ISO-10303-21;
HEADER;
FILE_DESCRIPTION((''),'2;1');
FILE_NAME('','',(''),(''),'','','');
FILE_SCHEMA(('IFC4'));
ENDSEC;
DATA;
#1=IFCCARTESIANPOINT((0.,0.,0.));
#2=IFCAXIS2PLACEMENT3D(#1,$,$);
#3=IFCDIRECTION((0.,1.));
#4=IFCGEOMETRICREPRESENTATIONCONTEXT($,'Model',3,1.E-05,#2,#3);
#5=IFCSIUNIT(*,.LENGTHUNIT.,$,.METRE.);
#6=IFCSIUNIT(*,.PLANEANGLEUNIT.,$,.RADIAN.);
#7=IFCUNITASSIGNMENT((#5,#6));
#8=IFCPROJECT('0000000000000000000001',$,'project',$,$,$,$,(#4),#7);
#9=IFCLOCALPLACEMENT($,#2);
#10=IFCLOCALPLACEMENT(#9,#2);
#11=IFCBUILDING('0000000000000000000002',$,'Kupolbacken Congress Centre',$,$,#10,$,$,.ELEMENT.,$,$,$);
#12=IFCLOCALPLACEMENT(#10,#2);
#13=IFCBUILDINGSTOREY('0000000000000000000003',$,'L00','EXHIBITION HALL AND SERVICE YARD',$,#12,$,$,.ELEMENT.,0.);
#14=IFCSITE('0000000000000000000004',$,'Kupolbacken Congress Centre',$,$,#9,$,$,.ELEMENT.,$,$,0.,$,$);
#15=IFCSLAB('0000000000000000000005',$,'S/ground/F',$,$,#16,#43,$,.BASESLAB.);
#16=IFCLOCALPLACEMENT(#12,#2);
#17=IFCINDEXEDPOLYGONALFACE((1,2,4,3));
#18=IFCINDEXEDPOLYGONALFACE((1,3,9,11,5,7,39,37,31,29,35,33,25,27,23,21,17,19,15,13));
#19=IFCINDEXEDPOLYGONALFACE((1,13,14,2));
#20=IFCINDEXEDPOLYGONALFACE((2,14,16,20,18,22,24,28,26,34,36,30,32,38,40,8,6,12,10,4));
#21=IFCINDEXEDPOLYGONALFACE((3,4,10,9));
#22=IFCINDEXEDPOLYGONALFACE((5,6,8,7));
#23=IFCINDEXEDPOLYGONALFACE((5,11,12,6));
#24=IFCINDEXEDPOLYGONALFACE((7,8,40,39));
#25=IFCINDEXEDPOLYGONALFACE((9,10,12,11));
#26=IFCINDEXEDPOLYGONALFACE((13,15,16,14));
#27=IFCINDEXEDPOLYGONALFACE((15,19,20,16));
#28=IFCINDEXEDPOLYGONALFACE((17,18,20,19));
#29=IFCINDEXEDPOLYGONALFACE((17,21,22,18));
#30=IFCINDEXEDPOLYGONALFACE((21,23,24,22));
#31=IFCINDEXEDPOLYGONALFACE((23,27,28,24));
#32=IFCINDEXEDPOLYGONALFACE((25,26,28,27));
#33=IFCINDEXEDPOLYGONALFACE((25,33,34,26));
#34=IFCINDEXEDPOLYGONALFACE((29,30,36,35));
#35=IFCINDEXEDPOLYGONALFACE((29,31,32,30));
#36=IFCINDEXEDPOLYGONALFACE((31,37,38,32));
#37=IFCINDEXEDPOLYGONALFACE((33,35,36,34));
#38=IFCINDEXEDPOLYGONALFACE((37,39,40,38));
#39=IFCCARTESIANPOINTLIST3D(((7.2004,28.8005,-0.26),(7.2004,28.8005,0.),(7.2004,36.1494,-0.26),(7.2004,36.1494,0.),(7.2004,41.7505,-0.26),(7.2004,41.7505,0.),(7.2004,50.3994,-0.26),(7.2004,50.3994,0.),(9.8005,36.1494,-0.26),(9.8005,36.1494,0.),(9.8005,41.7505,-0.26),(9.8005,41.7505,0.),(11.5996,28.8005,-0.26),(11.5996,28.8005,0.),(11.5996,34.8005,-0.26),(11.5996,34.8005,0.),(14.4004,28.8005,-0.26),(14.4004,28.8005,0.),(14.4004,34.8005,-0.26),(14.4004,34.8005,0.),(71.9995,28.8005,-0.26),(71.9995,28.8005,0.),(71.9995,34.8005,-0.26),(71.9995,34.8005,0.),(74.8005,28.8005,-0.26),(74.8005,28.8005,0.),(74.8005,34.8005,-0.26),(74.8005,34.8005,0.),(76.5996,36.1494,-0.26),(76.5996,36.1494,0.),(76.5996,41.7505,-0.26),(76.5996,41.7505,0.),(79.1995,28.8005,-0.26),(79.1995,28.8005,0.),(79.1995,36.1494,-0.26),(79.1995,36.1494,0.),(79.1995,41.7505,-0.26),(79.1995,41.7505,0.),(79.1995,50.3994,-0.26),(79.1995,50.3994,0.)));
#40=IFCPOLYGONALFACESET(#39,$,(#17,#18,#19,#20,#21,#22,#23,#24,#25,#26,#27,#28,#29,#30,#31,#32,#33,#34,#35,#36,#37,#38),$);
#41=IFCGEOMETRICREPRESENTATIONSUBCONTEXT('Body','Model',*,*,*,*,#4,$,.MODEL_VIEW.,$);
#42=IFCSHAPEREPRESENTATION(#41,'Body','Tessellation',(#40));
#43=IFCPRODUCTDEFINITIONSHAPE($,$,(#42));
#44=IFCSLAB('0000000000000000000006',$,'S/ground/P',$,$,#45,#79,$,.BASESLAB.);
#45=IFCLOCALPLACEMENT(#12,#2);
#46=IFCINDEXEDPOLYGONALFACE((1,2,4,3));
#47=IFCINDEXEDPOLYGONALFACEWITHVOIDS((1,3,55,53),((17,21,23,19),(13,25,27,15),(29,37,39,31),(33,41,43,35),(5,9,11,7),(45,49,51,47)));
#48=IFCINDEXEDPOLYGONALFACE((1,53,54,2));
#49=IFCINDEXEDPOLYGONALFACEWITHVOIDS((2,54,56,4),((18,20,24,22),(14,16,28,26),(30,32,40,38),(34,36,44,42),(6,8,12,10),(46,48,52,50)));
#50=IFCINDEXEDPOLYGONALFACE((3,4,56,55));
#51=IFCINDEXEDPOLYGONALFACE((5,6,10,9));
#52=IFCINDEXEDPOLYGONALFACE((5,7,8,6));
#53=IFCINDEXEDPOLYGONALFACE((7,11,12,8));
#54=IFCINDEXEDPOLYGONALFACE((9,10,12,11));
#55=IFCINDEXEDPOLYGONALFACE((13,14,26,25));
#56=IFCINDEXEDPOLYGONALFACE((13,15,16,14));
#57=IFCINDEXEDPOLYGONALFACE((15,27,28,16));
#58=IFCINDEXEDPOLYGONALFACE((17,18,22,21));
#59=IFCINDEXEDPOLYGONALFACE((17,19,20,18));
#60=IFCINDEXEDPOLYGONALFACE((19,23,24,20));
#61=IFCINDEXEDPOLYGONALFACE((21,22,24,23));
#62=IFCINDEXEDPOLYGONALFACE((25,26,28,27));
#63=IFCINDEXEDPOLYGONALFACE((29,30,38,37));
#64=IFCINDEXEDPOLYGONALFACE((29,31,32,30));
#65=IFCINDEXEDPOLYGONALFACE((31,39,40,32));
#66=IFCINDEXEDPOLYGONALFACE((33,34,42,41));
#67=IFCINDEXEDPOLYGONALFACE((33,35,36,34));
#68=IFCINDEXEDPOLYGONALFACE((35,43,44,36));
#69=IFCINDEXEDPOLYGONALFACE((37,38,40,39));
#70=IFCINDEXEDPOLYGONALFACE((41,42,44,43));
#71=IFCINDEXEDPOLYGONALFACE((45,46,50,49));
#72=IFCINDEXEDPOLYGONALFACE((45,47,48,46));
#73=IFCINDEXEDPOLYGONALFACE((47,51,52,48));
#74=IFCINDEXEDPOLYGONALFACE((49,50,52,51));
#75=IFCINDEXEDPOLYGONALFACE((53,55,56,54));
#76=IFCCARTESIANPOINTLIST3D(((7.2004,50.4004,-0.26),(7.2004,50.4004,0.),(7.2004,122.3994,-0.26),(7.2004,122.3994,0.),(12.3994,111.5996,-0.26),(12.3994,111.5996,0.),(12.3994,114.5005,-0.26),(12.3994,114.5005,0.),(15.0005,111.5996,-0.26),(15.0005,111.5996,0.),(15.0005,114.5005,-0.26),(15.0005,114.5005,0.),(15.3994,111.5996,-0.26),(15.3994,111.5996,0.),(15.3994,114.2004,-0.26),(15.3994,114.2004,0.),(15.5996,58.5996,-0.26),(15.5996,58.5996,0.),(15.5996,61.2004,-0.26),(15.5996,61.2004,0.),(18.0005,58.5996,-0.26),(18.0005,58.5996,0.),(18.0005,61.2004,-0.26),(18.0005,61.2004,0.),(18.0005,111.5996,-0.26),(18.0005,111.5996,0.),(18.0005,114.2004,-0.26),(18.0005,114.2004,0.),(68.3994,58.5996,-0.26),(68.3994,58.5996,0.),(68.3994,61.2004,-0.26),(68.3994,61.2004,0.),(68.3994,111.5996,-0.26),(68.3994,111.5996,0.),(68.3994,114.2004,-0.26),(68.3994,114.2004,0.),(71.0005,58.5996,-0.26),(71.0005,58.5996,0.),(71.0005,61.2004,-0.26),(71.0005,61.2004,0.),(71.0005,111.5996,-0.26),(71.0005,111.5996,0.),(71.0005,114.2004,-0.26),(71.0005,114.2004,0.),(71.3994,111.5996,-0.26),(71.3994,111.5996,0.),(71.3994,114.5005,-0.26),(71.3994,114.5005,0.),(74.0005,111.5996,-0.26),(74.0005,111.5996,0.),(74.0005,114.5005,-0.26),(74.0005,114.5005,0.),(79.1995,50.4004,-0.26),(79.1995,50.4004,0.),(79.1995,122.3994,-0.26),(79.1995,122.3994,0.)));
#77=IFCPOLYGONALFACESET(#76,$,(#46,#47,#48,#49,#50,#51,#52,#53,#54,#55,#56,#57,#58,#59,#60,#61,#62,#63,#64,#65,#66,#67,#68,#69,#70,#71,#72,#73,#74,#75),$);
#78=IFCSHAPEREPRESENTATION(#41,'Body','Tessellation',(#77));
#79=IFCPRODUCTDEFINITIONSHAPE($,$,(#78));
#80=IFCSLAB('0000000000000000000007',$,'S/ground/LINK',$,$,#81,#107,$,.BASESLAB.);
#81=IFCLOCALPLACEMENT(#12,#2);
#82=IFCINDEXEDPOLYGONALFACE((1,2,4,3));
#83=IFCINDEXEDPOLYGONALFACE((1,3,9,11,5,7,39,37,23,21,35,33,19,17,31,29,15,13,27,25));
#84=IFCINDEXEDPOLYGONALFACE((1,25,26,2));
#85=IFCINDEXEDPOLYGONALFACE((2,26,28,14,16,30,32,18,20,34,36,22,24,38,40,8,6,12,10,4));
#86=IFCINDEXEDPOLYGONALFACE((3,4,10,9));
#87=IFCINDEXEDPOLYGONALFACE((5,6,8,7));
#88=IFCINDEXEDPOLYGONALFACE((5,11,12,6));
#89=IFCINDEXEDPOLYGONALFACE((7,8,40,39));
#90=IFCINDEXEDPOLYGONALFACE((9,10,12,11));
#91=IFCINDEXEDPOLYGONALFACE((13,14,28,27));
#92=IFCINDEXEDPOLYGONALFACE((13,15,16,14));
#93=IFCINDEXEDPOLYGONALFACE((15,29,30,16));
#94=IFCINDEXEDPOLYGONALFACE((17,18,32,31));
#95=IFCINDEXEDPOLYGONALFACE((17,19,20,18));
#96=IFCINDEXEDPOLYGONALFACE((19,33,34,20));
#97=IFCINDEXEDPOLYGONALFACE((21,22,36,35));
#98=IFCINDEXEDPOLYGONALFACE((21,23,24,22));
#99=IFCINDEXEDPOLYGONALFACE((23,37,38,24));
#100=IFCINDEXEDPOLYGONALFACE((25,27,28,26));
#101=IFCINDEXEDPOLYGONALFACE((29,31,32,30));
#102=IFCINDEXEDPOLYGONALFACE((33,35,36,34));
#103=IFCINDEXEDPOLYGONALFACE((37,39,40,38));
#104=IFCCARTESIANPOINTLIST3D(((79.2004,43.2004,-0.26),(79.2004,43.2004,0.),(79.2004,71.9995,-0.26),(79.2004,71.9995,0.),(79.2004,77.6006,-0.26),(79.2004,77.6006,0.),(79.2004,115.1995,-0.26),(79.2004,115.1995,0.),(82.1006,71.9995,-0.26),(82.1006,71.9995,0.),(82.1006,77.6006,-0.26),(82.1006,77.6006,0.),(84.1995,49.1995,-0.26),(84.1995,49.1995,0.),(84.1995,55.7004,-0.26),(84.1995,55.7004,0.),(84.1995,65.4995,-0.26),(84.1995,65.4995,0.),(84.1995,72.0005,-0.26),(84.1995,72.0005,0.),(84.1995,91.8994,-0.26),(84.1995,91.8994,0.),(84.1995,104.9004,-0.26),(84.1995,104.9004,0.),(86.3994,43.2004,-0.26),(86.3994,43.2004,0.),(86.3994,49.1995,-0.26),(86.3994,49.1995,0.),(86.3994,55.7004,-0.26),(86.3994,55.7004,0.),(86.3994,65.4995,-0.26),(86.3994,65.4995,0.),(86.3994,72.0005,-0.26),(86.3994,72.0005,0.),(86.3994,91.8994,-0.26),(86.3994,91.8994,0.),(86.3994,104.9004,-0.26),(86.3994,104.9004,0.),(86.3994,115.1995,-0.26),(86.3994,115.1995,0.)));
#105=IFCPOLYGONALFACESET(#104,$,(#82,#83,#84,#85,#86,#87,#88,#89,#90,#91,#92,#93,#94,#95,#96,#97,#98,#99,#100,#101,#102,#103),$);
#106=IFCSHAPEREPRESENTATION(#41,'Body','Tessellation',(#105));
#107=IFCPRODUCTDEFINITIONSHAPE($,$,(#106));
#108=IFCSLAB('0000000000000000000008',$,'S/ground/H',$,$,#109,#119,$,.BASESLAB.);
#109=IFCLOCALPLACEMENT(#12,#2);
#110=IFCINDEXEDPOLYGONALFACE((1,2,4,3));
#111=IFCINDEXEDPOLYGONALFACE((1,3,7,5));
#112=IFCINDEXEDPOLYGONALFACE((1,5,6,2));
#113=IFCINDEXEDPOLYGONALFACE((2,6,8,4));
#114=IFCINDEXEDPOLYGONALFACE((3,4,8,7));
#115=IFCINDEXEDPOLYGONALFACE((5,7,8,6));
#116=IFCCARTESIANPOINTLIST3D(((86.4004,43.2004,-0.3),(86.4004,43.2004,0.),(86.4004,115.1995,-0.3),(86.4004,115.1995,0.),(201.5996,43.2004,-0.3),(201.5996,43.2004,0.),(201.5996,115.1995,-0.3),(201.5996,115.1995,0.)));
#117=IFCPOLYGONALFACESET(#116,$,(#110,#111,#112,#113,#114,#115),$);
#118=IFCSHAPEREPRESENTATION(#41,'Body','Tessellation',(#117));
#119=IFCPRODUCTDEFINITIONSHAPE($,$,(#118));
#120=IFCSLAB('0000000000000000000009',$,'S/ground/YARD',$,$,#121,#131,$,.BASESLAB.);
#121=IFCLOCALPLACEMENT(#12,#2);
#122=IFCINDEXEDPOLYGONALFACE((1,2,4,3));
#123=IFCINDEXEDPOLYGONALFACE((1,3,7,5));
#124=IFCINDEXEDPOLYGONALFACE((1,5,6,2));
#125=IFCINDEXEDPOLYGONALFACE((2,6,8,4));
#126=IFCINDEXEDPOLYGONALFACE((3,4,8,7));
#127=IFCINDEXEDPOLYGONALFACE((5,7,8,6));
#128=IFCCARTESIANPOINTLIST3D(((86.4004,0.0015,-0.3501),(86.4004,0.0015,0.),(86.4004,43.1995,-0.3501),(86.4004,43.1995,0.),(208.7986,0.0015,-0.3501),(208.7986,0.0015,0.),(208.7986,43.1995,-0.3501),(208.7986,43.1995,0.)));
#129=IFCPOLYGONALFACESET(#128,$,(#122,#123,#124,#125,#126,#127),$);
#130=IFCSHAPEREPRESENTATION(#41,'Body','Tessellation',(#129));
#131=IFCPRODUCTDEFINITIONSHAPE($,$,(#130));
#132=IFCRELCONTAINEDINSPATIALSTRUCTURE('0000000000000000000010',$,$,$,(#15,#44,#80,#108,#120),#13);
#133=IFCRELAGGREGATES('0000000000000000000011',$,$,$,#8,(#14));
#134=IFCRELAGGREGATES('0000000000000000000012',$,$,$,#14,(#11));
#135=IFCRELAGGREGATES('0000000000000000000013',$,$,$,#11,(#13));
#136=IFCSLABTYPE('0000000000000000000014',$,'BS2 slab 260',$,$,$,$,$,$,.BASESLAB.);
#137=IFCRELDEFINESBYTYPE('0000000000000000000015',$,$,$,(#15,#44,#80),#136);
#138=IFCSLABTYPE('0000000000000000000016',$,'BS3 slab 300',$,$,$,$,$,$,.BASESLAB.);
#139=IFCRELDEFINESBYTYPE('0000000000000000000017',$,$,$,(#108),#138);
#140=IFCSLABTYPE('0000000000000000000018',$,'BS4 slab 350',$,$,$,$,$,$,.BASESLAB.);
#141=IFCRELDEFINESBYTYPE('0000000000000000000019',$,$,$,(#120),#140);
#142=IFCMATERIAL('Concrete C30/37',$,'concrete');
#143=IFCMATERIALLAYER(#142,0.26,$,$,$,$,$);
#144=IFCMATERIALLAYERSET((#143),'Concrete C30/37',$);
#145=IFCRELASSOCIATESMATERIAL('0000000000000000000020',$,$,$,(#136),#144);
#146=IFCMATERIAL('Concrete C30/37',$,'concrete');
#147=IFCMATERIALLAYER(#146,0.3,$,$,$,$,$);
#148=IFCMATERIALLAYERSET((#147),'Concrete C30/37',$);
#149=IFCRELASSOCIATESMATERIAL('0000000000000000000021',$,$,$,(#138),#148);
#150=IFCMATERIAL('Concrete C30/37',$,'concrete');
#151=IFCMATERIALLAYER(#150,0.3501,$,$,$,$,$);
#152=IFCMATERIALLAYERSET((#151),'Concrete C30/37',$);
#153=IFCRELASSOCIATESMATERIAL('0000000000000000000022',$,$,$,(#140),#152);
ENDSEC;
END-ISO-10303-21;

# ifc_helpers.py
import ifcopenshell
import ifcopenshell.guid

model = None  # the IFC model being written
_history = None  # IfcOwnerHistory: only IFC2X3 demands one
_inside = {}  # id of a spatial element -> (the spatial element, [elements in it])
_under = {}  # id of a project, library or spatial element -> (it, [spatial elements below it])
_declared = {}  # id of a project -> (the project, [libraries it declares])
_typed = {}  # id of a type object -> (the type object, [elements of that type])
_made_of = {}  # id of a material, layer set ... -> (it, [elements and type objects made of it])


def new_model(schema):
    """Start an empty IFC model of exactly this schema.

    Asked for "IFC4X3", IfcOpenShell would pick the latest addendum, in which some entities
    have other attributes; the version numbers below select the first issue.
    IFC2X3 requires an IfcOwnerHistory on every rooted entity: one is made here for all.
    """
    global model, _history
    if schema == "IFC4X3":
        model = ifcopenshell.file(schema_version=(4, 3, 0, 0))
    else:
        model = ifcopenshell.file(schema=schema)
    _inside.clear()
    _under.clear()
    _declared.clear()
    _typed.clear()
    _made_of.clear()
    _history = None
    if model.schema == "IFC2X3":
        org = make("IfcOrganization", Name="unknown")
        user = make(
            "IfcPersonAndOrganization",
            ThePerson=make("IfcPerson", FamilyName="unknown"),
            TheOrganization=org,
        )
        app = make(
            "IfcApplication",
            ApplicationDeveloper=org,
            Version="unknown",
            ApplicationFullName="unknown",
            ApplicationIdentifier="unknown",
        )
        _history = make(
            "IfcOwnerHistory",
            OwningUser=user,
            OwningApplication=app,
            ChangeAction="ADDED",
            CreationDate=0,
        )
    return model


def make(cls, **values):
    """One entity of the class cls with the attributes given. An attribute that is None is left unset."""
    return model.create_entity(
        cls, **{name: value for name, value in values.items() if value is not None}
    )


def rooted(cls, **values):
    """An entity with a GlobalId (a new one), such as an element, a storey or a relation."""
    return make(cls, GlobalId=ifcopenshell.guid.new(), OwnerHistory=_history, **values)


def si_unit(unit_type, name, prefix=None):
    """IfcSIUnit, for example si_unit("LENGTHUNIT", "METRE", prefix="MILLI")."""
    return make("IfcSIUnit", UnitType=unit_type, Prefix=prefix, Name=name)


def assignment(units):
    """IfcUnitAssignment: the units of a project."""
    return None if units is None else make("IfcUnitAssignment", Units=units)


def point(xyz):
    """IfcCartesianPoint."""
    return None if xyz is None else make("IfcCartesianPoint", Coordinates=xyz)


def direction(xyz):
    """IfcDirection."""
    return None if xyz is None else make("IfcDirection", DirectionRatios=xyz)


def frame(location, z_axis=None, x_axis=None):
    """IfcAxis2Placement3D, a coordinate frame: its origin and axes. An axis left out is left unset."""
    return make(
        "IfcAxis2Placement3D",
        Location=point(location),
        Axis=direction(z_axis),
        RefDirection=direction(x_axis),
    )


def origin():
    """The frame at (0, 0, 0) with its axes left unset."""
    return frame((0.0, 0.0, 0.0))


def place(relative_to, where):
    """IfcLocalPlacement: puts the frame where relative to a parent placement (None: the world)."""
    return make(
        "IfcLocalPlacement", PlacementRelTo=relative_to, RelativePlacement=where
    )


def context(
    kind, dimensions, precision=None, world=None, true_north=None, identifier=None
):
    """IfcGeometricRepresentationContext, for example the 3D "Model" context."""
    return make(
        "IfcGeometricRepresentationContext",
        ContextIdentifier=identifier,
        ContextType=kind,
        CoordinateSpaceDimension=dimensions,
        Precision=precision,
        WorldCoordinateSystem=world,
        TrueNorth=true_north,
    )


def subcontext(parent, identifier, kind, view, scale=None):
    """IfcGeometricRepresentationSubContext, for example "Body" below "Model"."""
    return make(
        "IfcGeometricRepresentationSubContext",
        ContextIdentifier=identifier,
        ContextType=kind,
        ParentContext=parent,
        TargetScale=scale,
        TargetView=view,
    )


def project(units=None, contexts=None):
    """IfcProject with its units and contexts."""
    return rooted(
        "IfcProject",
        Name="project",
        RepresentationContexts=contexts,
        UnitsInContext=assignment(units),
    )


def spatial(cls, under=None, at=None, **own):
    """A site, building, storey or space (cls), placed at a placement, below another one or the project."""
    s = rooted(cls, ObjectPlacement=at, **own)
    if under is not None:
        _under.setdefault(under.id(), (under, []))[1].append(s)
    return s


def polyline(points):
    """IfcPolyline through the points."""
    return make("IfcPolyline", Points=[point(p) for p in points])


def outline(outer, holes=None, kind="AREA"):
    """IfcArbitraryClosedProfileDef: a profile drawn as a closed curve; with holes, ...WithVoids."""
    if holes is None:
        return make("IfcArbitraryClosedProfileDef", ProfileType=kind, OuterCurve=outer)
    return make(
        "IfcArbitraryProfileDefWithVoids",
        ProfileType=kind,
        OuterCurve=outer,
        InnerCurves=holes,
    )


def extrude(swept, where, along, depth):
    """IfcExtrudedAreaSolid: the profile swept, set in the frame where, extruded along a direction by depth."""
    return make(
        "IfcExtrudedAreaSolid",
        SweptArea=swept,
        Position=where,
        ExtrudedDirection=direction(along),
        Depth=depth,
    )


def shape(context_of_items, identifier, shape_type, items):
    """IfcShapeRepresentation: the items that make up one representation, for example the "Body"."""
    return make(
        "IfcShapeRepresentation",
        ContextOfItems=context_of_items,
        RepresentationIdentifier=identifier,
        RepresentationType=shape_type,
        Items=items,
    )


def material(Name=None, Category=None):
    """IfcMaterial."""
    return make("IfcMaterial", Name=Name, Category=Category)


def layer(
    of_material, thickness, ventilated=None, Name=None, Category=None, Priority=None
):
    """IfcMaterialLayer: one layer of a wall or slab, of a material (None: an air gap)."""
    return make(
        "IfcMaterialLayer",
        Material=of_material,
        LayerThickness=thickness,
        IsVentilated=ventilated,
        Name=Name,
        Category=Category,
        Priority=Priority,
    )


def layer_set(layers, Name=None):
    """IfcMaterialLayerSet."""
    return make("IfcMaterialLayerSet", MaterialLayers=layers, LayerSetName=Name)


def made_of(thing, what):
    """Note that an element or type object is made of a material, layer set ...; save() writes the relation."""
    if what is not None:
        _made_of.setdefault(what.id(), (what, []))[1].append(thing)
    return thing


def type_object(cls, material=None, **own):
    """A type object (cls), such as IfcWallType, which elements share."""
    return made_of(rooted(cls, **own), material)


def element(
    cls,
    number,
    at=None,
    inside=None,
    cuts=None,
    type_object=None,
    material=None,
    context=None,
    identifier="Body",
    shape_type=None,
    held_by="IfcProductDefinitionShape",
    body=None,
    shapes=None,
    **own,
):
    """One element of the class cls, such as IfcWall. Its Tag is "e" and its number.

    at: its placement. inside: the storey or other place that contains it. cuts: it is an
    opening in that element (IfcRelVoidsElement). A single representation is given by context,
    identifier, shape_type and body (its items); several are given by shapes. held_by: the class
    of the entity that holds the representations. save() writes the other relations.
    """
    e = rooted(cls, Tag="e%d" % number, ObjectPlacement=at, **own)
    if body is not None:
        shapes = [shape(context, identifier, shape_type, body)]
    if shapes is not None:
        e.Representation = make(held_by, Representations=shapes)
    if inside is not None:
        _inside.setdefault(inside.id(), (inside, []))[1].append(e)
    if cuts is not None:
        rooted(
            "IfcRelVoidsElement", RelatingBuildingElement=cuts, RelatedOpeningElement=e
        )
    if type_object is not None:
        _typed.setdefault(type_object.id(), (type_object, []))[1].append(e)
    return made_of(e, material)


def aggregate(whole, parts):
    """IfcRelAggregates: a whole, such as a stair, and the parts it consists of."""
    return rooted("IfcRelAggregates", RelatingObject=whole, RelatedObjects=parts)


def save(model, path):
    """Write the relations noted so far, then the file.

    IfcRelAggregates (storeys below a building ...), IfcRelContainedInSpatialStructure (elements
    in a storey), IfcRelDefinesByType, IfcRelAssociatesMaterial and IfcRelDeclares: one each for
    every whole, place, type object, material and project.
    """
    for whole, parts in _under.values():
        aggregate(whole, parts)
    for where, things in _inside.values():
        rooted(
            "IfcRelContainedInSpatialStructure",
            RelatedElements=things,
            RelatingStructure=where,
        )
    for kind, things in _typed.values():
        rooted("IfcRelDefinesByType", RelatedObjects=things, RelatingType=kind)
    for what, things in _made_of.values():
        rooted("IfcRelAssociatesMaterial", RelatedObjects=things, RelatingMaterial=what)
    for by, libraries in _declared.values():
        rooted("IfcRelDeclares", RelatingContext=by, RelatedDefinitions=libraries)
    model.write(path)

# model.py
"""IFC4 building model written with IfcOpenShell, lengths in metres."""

from ifc_helpers import new_model, si_unit, direction, frame, origin, place, context, subcontext, project, spatial, polyline, outline, extrude, material, layer, layer_set, type_object, element, save


model = new_model("IFC4")

# Units and contexts
model_context = context("Model", 3, precision=1e-05, world=origin(), true_north=direction((0.0, 1.0)))
body_context = subcontext(model_context, "Body", "Model", "MODEL_VIEW")
ifc_project = project(units=[si_unit("LENGTHUNIT", "METRE"), si_unit("PLANEANGLEUNIT", "RADIAN")], contexts=[model_context])

# Site, building, storey
site_placement = place(None, origin())
site = spatial("IfcSite", under=ifc_project, at=site_placement, Name="Kupolbacken Congress Centre", CompositionType="ELEMENT", RefElevation=0.0)
building_placement = place(site_placement, origin())
building = spatial("IfcBuilding", under=site, at=building_placement, Name="Kupolbacken Congress Centre", CompositionType="ELEMENT")
storey_placement = place(building_placement, origin())
storey = spatial("IfcBuildingStorey", under=building, at=storey_placement, Name="L00", Description="EXHIBITION HALL AND SERVICE YARD", CompositionType="ELEMENT", Elevation=0.0)

# Slabs
ifc_material_1 = material(Name="Concrete C30/37", Category="concrete")
ifc_layer_1 = layer(ifc_material_1, 0.26)
ifc_layer_set_1 = layer_set([ifc_layer_1], Name="Concrete C30/37")
slab_type_1 = type_object("IfcSlabType", Name="BS2 slab 260", PredefinedType="BASESLAB", material=ifc_layer_set_1)
slab_1_placement = place(storey_placement, frame((0.0, 0.0, -0.26)))
element("IfcSlab", 1, at=slab_1_placement, inside=storey, type_object=slab_type_1, Name="S/ground/F", PredefinedType="BASESLAB", context=body_context, shape_type="SweptSolid", body=[
    extrude(outline(polyline([(7.2004, 28.8005), (11.5996, 28.8005), (11.5996, 34.8005), (14.4004, 34.8005), (14.4004, 28.8005), (71.9995, 28.8005), (71.9995, 34.8005), (74.8005, 34.8005), (74.8005, 28.8005), (79.1995, 28.8005), (79.1995, 36.1494), (76.5996, 36.1494), (76.5996, 41.7505), (79.1995, 41.7505), (79.1995, 50.3994), (7.2004, 50.3994), (7.2004, 41.7505), (9.8005, 41.7505), (9.8005, 36.1494), (7.2004, 36.1494), (7.2004, 28.8005)])), origin(), (0.0, 0.0, 1.0), 0.26),
])
slab_2_placement = place(storey_placement, frame((0.0, 0.0, -0.26)))
element("IfcSlab", 2, at=slab_2_placement, inside=storey, type_object=slab_type_1, Name="S/ground/P", PredefinedType="BASESLAB", context=body_context, shape_type="SweptSolid", body=[
    extrude(outline(polyline([(7.2004, 50.4004), (79.1995, 50.4004), (79.1995, 122.3994), (7.2004, 122.3994), (7.2004, 50.4004)]), holes=[polyline([(71.3994, 114.5005), (74.0005, 114.5005), (74.0005, 111.5996), (71.3994, 111.5996), (71.3994, 114.5005)]), polyline([(68.3994, 61.2004), (71.0005, 61.2004), (71.0005, 58.5996), (68.3994, 58.5996), (68.3994, 61.2004)]), polyline([(71.0005, 111.5996), (68.3994, 111.5996), (68.3994, 114.2004), (71.0005, 114.2004), (71.0005, 111.5996)]), polyline([(15.3994, 114.2004), (18.0005, 114.2004), (18.0005, 111.5996), (15.3994, 111.5996), (15.3994, 114.2004)]), polyline([(18.0005, 58.5996), (15.5996, 58.5996), (15.5996, 61.2004), (18.0005, 61.2004), (18.0005, 58.5996)]), polyline([(12.3994, 114.5005), (15.0005, 114.5005), (15.0005, 111.5996), (12.3994, 111.5996), (12.3994, 114.5005)])]), origin(), (0.0, 0.0, 1.0), 0.26),
])
slab_3_placement = place(storey_placement, frame((0.0, 0.0, -0.26)))
element("IfcSlab", 3, at=slab_3_placement, inside=storey, type_object=slab_type_1, Name="S/ground/LINK", PredefinedType="BASESLAB", context=body_context, shape_type="SweptSolid", body=[
    extrude(outline(polyline([(79.2004, 43.2004), (86.3994, 43.2004), (86.3994, 49.1995), (84.1995, 49.1995), (84.1995, 55.7004), (86.3994, 55.7004), (86.3994, 65.4995), (84.1995, 65.4995), (84.1995, 72.0005), (86.3994, 72.0005), (86.3994, 91.8994), (84.1995, 91.8994), (84.1995, 104.9004), (86.3994, 104.9004), (86.3994, 115.1995), (79.2004, 115.1995), (79.2004, 77.6006), (82.1006, 77.6006), (82.1006, 71.9995), (79.2004, 71.9995), (79.2004, 43.2004)])), origin(), (0.0, 0.0, 1.0), 0.26),
])
ifc_material_2 = material(Name="Concrete C30/37", Category="concrete")
ifc_layer_2 = layer(ifc_material_2, 0.3)
ifc_layer_set_2 = layer_set([ifc_layer_2], Name="Concrete C30/37")
slab_type_2 = type_object("IfcSlabType", Name="BS3 slab 300", PredefinedType="BASESLAB", material=ifc_layer_set_2)
slab_4_placement = place(storey_placement, frame((0.0, 0.0, -0.3)))
element("IfcSlab", 4, at=slab_4_placement, inside=storey, type_object=slab_type_2, Name="S/ground/H", PredefinedType="BASESLAB", context=body_context, shape_type="SweptSolid", body=[
    extrude(outline(polyline([(201.5996, 43.2004), (201.5996, 115.1995), (86.4004, 115.1995), (86.4004, 43.2004), (201.5996, 43.2004)])), origin(), (0.0, 0.0, 1.0), 0.3),
])
ifc_material_3 = material(Name="Concrete C30/37", Category="concrete")
ifc_layer_3 = layer(ifc_material_3, 0.3501)
ifc_layer_set_3 = layer_set([ifc_layer_3], Name="Concrete C30/37")
slab_type_3 = type_object("IfcSlabType", Name="BS4 slab 350", PredefinedType="BASESLAB", material=ifc_layer_set_3)
slab_5_placement = place(storey_placement, frame((0.0, 0.0, -0.3501)))
element("IfcSlab", 5, at=slab_5_placement, inside=storey, type_object=slab_type_3, Name="S/ground/YARD", PredefinedType="BASESLAB", context=body_context, shape_type="SweptSolid", body=[
    extrude(outline(polyline([(208.7986, 0.0015), (208.7986, 43.1995), (86.4004, 43.1995), (86.4004, 0.0015), (208.7986, 0.0015)])), origin(), (0.0, 0.0, 1.0), 0.3501),
])

save(model, "model.ifc")
